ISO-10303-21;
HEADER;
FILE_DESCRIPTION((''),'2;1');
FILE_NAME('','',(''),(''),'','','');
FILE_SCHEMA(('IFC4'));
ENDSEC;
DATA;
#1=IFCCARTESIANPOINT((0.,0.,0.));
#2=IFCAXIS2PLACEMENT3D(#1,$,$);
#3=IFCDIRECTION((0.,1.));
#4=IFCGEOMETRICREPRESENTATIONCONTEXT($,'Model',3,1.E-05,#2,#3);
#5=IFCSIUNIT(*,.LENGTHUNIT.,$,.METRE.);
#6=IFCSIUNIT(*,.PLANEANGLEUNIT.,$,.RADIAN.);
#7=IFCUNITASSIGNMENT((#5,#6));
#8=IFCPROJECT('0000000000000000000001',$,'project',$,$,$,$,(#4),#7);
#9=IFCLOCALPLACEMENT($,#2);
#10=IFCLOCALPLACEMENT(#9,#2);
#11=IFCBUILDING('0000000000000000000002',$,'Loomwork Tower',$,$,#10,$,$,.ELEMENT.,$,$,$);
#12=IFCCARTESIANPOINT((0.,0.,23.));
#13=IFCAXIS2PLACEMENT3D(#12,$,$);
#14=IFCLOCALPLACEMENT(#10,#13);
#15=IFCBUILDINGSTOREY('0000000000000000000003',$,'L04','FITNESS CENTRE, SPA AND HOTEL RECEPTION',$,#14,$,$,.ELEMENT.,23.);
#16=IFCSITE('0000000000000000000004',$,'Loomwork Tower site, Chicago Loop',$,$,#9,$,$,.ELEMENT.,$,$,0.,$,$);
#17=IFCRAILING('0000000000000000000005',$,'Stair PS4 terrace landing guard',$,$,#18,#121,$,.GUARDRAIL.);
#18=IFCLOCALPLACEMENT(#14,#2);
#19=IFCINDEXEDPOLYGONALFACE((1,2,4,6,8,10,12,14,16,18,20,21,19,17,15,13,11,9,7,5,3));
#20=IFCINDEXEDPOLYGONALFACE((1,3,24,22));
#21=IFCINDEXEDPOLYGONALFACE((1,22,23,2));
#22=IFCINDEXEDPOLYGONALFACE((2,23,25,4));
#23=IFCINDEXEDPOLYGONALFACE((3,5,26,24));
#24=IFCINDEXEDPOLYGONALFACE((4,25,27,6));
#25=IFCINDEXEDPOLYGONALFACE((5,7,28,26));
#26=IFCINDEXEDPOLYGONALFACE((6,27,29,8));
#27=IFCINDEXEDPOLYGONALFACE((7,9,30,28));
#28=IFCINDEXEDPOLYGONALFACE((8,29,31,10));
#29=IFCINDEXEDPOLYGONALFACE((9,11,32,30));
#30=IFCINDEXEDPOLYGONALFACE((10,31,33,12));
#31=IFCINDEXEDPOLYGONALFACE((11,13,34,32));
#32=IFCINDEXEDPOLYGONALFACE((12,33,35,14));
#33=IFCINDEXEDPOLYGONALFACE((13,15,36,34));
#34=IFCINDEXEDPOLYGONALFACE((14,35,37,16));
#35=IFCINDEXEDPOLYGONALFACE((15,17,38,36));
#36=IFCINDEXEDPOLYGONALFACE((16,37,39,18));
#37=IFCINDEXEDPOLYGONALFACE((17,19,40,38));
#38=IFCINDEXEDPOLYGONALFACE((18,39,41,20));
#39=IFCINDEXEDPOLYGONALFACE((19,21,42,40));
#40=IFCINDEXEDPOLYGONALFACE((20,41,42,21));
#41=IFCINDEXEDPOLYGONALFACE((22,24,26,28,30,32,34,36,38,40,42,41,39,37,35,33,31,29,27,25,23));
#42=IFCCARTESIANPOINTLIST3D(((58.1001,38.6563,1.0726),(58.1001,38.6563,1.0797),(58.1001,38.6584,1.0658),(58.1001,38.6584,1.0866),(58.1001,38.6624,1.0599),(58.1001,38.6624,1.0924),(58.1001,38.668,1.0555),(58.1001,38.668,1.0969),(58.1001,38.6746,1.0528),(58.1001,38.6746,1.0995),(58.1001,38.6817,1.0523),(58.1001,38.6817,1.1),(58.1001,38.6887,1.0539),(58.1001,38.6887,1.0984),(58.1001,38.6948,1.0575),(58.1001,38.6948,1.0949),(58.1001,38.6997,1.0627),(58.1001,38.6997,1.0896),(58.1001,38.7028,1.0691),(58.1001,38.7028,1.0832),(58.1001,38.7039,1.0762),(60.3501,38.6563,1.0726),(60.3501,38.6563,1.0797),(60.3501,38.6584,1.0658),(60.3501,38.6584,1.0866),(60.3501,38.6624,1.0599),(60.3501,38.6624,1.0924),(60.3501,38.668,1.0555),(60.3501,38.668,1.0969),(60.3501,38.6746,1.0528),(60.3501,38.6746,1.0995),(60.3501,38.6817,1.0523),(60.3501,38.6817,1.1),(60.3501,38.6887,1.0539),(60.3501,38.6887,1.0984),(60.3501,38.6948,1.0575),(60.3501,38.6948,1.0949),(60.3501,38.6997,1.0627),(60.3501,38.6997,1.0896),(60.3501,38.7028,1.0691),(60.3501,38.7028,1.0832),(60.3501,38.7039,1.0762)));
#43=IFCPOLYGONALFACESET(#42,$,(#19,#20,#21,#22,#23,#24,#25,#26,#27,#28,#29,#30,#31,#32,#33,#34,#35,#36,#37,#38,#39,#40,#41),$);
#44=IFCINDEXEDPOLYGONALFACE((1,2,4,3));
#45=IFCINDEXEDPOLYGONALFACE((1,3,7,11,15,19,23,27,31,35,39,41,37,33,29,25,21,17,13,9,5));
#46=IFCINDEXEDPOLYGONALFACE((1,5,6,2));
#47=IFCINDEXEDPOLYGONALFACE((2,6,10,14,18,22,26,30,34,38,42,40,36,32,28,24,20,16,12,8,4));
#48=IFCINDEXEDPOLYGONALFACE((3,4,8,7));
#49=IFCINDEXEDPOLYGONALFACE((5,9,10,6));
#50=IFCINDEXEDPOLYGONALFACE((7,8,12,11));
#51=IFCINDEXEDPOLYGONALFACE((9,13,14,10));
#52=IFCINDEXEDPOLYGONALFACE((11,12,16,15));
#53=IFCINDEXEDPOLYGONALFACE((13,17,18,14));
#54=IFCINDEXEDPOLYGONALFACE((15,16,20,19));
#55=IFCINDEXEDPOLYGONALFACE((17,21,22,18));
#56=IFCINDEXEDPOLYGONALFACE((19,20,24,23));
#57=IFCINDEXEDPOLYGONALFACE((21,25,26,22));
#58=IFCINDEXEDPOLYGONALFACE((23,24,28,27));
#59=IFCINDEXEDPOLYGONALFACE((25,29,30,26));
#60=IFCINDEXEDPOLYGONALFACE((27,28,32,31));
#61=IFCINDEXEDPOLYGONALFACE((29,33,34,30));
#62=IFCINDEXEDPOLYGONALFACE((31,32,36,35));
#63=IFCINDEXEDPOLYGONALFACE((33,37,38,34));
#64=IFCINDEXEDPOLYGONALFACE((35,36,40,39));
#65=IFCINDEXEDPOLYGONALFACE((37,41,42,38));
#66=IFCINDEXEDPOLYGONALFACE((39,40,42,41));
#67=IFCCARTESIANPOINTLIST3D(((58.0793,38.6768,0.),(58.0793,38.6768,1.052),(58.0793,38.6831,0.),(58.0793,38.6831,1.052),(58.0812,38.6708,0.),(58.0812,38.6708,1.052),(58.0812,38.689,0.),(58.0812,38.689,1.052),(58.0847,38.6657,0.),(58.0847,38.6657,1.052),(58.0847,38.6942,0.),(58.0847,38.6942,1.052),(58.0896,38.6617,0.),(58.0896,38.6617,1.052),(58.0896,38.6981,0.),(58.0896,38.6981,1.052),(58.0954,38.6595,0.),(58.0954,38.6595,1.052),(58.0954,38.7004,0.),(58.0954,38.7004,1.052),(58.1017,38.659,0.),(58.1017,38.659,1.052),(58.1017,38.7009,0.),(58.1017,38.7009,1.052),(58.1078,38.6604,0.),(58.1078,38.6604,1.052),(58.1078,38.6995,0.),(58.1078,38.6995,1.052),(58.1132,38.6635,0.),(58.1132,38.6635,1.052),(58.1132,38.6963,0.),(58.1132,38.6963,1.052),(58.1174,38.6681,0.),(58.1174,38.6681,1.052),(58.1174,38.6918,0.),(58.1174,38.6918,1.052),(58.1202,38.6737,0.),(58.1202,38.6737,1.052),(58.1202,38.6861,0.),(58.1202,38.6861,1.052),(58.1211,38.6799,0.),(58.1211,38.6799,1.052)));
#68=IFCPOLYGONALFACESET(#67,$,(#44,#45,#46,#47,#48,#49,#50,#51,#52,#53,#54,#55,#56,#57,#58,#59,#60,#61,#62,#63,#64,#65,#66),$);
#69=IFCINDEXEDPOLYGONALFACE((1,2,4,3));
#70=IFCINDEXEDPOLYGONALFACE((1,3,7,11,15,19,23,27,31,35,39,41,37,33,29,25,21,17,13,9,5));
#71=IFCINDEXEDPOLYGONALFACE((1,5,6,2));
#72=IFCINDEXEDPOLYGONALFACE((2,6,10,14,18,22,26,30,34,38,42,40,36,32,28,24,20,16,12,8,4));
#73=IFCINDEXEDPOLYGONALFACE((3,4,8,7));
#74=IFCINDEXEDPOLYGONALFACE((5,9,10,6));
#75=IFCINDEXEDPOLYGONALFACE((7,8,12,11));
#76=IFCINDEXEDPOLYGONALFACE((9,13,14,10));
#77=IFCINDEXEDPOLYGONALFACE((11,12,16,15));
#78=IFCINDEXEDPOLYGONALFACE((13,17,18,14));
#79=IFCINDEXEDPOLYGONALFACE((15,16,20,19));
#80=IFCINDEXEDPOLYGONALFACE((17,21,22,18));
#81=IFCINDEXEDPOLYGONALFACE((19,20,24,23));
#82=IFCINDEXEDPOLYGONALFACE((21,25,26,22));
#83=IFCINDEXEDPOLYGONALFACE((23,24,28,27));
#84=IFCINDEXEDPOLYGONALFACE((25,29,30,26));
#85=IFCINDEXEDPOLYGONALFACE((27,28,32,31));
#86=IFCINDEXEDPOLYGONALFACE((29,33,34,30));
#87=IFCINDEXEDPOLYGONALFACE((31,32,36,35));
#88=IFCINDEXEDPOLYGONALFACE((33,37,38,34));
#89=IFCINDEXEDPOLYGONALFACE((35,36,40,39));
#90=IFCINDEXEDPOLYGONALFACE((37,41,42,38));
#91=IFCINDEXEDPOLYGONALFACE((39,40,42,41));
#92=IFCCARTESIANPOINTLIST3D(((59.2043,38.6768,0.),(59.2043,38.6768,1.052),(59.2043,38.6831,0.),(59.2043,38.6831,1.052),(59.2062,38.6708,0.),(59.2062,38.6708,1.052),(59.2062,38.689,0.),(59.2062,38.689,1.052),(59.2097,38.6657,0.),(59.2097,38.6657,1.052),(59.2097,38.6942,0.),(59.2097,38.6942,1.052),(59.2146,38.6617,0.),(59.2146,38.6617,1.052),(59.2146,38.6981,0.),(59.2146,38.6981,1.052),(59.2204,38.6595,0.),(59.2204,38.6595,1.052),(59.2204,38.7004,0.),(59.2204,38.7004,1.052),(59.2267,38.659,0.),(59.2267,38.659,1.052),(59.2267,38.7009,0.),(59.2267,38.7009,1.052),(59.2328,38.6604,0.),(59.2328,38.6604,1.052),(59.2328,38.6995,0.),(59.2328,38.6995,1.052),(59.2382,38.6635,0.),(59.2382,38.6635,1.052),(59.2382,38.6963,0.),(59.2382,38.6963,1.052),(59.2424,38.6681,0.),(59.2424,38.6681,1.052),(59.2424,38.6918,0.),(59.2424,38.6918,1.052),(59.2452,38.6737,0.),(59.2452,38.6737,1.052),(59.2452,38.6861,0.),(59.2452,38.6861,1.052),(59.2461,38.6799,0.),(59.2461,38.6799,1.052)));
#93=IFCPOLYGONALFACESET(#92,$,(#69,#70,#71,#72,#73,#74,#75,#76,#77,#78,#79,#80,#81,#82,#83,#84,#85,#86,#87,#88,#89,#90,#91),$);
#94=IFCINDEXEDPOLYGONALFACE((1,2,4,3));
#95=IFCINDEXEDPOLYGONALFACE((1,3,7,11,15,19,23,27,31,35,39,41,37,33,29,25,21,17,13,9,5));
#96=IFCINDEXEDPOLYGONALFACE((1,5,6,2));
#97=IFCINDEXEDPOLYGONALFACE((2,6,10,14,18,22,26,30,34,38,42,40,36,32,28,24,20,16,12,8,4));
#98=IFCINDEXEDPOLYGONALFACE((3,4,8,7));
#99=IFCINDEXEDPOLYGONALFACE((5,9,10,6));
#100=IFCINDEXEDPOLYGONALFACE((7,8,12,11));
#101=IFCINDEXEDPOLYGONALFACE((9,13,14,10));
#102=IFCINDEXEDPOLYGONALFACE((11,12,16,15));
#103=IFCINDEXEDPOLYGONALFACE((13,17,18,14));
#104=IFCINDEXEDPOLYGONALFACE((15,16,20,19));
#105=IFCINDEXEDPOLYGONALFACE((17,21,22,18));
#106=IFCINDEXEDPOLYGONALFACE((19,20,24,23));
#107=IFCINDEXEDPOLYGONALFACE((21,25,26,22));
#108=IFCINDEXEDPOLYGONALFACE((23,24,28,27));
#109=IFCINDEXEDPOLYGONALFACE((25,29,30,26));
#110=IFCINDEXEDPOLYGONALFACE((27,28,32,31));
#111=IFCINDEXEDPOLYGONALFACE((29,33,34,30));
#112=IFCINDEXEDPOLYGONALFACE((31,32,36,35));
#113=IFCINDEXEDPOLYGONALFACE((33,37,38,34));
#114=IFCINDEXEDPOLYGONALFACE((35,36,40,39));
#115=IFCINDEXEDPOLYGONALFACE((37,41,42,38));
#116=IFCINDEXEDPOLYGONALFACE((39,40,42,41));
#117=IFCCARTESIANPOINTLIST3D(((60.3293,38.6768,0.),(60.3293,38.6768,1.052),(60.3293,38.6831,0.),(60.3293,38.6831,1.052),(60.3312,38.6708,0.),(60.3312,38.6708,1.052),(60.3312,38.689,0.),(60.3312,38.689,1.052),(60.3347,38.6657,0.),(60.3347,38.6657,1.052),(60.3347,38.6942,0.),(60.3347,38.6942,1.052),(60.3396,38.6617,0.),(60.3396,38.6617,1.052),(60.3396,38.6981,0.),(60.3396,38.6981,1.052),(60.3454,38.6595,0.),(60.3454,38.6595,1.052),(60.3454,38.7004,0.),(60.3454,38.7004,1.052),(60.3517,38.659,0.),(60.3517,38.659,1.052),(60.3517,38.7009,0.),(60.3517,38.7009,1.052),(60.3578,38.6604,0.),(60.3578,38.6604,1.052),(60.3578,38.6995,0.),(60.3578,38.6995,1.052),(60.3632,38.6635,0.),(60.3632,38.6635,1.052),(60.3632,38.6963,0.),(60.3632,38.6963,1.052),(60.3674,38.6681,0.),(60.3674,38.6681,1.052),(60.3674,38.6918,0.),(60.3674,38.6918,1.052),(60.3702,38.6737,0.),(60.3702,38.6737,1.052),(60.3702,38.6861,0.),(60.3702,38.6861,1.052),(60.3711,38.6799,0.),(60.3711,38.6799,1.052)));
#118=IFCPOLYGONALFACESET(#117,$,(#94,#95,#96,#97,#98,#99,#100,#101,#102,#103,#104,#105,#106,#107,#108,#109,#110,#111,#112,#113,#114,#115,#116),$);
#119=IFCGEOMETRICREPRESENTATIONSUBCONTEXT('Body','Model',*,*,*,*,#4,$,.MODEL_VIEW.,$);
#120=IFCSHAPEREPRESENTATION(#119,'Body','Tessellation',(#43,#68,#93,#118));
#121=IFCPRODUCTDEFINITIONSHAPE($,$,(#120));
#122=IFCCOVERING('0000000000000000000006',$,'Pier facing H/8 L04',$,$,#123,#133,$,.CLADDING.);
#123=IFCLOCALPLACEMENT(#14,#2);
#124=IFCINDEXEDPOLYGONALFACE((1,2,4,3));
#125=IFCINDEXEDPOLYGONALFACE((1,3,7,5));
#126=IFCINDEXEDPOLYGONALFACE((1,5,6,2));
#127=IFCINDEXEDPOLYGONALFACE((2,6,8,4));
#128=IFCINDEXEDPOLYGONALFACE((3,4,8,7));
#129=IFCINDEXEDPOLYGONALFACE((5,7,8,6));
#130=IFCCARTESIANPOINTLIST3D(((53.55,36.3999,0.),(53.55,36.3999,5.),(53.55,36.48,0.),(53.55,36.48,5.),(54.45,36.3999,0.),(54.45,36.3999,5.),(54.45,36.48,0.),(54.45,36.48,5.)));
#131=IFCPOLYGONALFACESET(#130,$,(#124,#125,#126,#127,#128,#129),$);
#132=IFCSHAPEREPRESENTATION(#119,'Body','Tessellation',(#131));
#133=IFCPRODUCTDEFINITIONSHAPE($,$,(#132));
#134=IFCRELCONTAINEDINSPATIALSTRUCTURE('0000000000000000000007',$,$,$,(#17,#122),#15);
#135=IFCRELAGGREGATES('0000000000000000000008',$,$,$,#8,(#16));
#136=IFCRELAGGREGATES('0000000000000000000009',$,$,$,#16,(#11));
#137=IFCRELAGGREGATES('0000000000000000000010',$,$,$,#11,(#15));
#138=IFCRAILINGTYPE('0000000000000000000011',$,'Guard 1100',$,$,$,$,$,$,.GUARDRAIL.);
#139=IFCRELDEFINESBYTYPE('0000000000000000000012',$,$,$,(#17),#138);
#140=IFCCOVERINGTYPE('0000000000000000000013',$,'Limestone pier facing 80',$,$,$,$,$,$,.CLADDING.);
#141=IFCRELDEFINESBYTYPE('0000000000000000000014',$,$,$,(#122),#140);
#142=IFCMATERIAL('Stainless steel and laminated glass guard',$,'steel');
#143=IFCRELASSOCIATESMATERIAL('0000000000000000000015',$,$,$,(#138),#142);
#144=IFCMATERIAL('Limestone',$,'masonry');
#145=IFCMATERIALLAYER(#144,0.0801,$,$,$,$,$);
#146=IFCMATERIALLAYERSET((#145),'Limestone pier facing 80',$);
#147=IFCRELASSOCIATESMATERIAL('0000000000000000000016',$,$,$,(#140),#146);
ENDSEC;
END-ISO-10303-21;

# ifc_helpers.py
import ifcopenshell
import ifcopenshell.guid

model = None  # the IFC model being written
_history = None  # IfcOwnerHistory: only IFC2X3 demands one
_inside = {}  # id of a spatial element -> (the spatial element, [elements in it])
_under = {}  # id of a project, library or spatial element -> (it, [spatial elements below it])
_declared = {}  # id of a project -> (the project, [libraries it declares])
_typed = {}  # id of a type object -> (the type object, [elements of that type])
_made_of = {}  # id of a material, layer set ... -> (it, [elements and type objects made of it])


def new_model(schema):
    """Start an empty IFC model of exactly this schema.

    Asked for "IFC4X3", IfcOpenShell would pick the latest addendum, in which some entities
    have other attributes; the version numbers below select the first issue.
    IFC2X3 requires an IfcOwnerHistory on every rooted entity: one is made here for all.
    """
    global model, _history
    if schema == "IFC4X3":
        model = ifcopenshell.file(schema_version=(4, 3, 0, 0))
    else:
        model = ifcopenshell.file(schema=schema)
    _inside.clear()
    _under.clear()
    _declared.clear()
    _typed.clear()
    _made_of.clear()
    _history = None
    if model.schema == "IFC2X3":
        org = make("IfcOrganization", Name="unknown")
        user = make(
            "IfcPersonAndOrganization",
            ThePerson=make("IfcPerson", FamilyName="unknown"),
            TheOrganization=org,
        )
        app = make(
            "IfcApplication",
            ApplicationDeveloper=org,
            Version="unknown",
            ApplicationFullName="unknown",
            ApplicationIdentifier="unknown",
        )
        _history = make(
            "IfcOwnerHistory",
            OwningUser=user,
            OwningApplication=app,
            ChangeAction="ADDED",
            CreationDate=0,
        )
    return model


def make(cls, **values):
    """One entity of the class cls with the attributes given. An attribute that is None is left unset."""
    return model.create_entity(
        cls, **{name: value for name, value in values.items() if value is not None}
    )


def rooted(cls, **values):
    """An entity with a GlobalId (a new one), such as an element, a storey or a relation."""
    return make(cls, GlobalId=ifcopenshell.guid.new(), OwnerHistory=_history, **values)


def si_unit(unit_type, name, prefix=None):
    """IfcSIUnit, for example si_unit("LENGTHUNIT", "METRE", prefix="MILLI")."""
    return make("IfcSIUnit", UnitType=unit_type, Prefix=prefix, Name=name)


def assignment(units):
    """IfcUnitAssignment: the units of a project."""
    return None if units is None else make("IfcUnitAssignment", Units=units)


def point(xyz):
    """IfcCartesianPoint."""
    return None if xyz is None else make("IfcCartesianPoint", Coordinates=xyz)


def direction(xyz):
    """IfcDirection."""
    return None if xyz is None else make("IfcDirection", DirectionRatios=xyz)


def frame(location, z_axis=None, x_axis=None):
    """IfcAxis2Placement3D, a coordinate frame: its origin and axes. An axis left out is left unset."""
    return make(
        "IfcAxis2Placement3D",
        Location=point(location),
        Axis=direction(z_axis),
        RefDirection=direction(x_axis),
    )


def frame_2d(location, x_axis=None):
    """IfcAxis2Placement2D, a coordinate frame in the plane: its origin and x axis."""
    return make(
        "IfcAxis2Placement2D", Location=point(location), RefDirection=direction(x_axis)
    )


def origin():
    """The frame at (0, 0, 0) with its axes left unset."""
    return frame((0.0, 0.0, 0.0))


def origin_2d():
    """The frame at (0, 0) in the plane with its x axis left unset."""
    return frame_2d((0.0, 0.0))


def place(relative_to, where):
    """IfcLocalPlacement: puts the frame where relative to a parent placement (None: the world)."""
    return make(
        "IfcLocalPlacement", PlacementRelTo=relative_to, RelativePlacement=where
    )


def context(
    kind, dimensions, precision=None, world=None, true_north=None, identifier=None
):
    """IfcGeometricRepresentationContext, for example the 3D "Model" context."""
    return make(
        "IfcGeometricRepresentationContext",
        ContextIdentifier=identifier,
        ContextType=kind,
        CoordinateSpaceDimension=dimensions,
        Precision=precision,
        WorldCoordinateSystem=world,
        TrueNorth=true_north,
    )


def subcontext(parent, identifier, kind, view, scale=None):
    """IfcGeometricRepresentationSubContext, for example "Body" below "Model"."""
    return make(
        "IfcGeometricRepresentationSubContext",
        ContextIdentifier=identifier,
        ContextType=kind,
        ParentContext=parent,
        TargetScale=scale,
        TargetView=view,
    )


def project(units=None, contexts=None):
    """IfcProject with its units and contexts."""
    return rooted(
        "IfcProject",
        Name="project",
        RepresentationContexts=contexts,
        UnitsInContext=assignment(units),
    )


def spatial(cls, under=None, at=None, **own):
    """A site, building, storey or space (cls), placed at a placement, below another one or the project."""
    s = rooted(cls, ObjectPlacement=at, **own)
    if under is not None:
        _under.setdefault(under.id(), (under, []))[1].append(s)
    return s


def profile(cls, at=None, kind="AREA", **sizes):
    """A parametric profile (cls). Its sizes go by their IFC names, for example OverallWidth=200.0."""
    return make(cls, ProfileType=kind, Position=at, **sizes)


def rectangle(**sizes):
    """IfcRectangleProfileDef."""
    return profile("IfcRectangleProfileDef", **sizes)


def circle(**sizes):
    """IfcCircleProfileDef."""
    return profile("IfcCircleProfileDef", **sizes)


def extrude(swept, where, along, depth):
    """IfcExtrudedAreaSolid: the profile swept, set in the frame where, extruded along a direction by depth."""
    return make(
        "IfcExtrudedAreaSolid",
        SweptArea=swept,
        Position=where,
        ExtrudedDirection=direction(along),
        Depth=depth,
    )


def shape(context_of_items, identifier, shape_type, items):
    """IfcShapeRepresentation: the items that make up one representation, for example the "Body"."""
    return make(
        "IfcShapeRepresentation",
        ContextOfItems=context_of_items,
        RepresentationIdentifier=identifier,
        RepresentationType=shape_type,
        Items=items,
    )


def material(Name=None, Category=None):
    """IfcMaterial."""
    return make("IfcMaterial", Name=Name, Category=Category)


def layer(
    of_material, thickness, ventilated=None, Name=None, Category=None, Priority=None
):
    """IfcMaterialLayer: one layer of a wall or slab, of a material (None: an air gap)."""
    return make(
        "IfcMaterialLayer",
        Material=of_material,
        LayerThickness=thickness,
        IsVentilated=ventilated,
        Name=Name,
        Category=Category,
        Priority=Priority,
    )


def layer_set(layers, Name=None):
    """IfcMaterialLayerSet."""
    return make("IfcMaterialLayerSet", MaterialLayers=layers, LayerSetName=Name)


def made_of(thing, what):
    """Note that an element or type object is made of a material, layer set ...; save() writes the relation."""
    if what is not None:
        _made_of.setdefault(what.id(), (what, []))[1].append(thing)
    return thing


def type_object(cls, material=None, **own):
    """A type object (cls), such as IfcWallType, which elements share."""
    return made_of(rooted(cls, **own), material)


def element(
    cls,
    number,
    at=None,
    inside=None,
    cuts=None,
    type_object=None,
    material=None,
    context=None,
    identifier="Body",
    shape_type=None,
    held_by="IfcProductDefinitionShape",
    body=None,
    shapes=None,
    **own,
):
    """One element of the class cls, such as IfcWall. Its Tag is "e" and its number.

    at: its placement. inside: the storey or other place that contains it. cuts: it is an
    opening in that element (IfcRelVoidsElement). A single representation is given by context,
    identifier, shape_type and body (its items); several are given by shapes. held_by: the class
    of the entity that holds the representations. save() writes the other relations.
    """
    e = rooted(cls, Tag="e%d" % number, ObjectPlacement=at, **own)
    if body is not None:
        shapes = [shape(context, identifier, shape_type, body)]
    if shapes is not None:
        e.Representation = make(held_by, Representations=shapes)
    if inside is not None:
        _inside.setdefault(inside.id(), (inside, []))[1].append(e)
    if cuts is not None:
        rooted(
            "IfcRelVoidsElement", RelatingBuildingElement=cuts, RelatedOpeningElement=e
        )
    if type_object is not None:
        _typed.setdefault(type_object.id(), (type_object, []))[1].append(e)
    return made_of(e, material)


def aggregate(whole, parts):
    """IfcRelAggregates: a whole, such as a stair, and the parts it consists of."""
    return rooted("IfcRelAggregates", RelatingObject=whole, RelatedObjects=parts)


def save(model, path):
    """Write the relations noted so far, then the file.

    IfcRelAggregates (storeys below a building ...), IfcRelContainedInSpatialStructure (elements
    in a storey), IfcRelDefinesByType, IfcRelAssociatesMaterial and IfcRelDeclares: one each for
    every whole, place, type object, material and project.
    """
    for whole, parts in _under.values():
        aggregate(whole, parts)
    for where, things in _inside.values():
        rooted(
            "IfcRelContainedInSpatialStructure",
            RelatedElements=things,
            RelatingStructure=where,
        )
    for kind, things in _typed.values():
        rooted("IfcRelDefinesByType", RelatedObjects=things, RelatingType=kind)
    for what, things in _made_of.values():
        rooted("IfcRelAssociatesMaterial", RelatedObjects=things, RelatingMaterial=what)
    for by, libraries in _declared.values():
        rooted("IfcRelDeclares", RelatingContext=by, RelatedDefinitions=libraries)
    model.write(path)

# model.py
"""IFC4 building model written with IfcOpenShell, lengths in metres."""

from ifc_helpers import new_model, si_unit, direction, frame, origin, origin_2d, place, context, subcontext, project, spatial, rectangle, circle, extrude, material, layer, layer_set, type_object, element, save


model = new_model("IFC4")

# Units and contexts
model_context = context("Model", 3, precision=1e-05, world=origin(), true_north=direction((0.0, 1.0)))
body_context = subcontext(model_context, "Body", "Model", "MODEL_VIEW")
ifc_project = project(units=[si_unit("LENGTHUNIT", "METRE"), si_unit("PLANEANGLEUNIT", "RADIAN")], contexts=[model_context])

# Site, building, storey
site_placement = place(None, origin())
site = spatial("IfcSite", under=ifc_project, at=site_placement, Name="Loomwork Tower site, Chicago Loop", CompositionType="ELEMENT", RefElevation=0.0)
building_placement = place(site_placement, origin())
building = spatial("IfcBuilding", under=site, at=building_placement, Name="Loomwork Tower", CompositionType="ELEMENT")
storey_placement = place(building_placement, frame((0.0, 0.0, 23.0)))
storey = spatial("IfcBuildingStorey", under=building, at=storey_placement, Name="L04", Description="FITNESS CENTRE, SPA AND HOTEL RECEPTION", CompositionType="ELEMENT", Elevation=23.0)

# Railing
ifc_material_1 = material(Name="Stainless steel and laminated glass guard", Category="steel")
railing_type = type_object("IfcRailingType", Name="Guard 1100", PredefinedType="GUARDRAIL", material=ifc_material_1)
railing_1_placement = place(storey_placement, frame((58.1001, 38.6799, 0.0)))
element("IfcRailing", 1, at=railing_1_placement, inside=storey, type_object=railing_type, Name="Stair PS4 terrace landing guard", PredefinedType="GUARDRAIL", context=body_context, shape_type="SweptSolid", body=[
    extrude(circle(Radius=0.0239, at=origin_2d()), frame((0.0, 0.0, 1.0762), z_axis=(1.0, 0.0, 0.0), x_axis=(0.0, 1.0, 0.0)), (0.0, 0.0, 1.0), 2.25),
    extrude(circle(Radius=0.021, at=origin_2d()), origin(), (0.0, 0.0, 1.0), 1.052),
    extrude(circle(Radius=0.021, at=origin_2d()), frame((1.125, 0.0, 0.0)), (0.0, 0.0, 1.0), 1.052),
    extrude(circle(Radius=0.021, at=origin_2d()), frame((2.25, 0.0, 0.0)), (0.0, 0.0, 1.0), 1.052),
])

# Covering
ifc_material_2 = material(Name="Limestone", Category="masonry")
ifc_layer_1 = layer(ifc_material_2, 0.0801)
ifc_layer_set_1 = layer_set([ifc_layer_1], Name="Limestone pier facing 80")
covering_type = type_object("IfcCoveringType", Name="Limestone pier facing 80", PredefinedType="CLADDING", material=ifc_layer_set_1)
covering_placement = place(storey_placement, frame((54.0, 36.4399, 0.0), z_axis=(0.0, 0.0, 1.0), x_axis=(1.0, 0.0, 0.0)))
element("IfcCovering", 2, at=covering_placement, inside=storey, type_object=covering_type, Name="Pier facing H/8 L04", PredefinedType="CLADDING", context=body_context, shape_type="SweptSolid", body=[
    extrude(rectangle(XDim=0.8999, YDim=0.0801, at=origin_2d()), origin(), (0.0, 0.0, 1.0), 5.0),
])

save(model, "model.ifc")
